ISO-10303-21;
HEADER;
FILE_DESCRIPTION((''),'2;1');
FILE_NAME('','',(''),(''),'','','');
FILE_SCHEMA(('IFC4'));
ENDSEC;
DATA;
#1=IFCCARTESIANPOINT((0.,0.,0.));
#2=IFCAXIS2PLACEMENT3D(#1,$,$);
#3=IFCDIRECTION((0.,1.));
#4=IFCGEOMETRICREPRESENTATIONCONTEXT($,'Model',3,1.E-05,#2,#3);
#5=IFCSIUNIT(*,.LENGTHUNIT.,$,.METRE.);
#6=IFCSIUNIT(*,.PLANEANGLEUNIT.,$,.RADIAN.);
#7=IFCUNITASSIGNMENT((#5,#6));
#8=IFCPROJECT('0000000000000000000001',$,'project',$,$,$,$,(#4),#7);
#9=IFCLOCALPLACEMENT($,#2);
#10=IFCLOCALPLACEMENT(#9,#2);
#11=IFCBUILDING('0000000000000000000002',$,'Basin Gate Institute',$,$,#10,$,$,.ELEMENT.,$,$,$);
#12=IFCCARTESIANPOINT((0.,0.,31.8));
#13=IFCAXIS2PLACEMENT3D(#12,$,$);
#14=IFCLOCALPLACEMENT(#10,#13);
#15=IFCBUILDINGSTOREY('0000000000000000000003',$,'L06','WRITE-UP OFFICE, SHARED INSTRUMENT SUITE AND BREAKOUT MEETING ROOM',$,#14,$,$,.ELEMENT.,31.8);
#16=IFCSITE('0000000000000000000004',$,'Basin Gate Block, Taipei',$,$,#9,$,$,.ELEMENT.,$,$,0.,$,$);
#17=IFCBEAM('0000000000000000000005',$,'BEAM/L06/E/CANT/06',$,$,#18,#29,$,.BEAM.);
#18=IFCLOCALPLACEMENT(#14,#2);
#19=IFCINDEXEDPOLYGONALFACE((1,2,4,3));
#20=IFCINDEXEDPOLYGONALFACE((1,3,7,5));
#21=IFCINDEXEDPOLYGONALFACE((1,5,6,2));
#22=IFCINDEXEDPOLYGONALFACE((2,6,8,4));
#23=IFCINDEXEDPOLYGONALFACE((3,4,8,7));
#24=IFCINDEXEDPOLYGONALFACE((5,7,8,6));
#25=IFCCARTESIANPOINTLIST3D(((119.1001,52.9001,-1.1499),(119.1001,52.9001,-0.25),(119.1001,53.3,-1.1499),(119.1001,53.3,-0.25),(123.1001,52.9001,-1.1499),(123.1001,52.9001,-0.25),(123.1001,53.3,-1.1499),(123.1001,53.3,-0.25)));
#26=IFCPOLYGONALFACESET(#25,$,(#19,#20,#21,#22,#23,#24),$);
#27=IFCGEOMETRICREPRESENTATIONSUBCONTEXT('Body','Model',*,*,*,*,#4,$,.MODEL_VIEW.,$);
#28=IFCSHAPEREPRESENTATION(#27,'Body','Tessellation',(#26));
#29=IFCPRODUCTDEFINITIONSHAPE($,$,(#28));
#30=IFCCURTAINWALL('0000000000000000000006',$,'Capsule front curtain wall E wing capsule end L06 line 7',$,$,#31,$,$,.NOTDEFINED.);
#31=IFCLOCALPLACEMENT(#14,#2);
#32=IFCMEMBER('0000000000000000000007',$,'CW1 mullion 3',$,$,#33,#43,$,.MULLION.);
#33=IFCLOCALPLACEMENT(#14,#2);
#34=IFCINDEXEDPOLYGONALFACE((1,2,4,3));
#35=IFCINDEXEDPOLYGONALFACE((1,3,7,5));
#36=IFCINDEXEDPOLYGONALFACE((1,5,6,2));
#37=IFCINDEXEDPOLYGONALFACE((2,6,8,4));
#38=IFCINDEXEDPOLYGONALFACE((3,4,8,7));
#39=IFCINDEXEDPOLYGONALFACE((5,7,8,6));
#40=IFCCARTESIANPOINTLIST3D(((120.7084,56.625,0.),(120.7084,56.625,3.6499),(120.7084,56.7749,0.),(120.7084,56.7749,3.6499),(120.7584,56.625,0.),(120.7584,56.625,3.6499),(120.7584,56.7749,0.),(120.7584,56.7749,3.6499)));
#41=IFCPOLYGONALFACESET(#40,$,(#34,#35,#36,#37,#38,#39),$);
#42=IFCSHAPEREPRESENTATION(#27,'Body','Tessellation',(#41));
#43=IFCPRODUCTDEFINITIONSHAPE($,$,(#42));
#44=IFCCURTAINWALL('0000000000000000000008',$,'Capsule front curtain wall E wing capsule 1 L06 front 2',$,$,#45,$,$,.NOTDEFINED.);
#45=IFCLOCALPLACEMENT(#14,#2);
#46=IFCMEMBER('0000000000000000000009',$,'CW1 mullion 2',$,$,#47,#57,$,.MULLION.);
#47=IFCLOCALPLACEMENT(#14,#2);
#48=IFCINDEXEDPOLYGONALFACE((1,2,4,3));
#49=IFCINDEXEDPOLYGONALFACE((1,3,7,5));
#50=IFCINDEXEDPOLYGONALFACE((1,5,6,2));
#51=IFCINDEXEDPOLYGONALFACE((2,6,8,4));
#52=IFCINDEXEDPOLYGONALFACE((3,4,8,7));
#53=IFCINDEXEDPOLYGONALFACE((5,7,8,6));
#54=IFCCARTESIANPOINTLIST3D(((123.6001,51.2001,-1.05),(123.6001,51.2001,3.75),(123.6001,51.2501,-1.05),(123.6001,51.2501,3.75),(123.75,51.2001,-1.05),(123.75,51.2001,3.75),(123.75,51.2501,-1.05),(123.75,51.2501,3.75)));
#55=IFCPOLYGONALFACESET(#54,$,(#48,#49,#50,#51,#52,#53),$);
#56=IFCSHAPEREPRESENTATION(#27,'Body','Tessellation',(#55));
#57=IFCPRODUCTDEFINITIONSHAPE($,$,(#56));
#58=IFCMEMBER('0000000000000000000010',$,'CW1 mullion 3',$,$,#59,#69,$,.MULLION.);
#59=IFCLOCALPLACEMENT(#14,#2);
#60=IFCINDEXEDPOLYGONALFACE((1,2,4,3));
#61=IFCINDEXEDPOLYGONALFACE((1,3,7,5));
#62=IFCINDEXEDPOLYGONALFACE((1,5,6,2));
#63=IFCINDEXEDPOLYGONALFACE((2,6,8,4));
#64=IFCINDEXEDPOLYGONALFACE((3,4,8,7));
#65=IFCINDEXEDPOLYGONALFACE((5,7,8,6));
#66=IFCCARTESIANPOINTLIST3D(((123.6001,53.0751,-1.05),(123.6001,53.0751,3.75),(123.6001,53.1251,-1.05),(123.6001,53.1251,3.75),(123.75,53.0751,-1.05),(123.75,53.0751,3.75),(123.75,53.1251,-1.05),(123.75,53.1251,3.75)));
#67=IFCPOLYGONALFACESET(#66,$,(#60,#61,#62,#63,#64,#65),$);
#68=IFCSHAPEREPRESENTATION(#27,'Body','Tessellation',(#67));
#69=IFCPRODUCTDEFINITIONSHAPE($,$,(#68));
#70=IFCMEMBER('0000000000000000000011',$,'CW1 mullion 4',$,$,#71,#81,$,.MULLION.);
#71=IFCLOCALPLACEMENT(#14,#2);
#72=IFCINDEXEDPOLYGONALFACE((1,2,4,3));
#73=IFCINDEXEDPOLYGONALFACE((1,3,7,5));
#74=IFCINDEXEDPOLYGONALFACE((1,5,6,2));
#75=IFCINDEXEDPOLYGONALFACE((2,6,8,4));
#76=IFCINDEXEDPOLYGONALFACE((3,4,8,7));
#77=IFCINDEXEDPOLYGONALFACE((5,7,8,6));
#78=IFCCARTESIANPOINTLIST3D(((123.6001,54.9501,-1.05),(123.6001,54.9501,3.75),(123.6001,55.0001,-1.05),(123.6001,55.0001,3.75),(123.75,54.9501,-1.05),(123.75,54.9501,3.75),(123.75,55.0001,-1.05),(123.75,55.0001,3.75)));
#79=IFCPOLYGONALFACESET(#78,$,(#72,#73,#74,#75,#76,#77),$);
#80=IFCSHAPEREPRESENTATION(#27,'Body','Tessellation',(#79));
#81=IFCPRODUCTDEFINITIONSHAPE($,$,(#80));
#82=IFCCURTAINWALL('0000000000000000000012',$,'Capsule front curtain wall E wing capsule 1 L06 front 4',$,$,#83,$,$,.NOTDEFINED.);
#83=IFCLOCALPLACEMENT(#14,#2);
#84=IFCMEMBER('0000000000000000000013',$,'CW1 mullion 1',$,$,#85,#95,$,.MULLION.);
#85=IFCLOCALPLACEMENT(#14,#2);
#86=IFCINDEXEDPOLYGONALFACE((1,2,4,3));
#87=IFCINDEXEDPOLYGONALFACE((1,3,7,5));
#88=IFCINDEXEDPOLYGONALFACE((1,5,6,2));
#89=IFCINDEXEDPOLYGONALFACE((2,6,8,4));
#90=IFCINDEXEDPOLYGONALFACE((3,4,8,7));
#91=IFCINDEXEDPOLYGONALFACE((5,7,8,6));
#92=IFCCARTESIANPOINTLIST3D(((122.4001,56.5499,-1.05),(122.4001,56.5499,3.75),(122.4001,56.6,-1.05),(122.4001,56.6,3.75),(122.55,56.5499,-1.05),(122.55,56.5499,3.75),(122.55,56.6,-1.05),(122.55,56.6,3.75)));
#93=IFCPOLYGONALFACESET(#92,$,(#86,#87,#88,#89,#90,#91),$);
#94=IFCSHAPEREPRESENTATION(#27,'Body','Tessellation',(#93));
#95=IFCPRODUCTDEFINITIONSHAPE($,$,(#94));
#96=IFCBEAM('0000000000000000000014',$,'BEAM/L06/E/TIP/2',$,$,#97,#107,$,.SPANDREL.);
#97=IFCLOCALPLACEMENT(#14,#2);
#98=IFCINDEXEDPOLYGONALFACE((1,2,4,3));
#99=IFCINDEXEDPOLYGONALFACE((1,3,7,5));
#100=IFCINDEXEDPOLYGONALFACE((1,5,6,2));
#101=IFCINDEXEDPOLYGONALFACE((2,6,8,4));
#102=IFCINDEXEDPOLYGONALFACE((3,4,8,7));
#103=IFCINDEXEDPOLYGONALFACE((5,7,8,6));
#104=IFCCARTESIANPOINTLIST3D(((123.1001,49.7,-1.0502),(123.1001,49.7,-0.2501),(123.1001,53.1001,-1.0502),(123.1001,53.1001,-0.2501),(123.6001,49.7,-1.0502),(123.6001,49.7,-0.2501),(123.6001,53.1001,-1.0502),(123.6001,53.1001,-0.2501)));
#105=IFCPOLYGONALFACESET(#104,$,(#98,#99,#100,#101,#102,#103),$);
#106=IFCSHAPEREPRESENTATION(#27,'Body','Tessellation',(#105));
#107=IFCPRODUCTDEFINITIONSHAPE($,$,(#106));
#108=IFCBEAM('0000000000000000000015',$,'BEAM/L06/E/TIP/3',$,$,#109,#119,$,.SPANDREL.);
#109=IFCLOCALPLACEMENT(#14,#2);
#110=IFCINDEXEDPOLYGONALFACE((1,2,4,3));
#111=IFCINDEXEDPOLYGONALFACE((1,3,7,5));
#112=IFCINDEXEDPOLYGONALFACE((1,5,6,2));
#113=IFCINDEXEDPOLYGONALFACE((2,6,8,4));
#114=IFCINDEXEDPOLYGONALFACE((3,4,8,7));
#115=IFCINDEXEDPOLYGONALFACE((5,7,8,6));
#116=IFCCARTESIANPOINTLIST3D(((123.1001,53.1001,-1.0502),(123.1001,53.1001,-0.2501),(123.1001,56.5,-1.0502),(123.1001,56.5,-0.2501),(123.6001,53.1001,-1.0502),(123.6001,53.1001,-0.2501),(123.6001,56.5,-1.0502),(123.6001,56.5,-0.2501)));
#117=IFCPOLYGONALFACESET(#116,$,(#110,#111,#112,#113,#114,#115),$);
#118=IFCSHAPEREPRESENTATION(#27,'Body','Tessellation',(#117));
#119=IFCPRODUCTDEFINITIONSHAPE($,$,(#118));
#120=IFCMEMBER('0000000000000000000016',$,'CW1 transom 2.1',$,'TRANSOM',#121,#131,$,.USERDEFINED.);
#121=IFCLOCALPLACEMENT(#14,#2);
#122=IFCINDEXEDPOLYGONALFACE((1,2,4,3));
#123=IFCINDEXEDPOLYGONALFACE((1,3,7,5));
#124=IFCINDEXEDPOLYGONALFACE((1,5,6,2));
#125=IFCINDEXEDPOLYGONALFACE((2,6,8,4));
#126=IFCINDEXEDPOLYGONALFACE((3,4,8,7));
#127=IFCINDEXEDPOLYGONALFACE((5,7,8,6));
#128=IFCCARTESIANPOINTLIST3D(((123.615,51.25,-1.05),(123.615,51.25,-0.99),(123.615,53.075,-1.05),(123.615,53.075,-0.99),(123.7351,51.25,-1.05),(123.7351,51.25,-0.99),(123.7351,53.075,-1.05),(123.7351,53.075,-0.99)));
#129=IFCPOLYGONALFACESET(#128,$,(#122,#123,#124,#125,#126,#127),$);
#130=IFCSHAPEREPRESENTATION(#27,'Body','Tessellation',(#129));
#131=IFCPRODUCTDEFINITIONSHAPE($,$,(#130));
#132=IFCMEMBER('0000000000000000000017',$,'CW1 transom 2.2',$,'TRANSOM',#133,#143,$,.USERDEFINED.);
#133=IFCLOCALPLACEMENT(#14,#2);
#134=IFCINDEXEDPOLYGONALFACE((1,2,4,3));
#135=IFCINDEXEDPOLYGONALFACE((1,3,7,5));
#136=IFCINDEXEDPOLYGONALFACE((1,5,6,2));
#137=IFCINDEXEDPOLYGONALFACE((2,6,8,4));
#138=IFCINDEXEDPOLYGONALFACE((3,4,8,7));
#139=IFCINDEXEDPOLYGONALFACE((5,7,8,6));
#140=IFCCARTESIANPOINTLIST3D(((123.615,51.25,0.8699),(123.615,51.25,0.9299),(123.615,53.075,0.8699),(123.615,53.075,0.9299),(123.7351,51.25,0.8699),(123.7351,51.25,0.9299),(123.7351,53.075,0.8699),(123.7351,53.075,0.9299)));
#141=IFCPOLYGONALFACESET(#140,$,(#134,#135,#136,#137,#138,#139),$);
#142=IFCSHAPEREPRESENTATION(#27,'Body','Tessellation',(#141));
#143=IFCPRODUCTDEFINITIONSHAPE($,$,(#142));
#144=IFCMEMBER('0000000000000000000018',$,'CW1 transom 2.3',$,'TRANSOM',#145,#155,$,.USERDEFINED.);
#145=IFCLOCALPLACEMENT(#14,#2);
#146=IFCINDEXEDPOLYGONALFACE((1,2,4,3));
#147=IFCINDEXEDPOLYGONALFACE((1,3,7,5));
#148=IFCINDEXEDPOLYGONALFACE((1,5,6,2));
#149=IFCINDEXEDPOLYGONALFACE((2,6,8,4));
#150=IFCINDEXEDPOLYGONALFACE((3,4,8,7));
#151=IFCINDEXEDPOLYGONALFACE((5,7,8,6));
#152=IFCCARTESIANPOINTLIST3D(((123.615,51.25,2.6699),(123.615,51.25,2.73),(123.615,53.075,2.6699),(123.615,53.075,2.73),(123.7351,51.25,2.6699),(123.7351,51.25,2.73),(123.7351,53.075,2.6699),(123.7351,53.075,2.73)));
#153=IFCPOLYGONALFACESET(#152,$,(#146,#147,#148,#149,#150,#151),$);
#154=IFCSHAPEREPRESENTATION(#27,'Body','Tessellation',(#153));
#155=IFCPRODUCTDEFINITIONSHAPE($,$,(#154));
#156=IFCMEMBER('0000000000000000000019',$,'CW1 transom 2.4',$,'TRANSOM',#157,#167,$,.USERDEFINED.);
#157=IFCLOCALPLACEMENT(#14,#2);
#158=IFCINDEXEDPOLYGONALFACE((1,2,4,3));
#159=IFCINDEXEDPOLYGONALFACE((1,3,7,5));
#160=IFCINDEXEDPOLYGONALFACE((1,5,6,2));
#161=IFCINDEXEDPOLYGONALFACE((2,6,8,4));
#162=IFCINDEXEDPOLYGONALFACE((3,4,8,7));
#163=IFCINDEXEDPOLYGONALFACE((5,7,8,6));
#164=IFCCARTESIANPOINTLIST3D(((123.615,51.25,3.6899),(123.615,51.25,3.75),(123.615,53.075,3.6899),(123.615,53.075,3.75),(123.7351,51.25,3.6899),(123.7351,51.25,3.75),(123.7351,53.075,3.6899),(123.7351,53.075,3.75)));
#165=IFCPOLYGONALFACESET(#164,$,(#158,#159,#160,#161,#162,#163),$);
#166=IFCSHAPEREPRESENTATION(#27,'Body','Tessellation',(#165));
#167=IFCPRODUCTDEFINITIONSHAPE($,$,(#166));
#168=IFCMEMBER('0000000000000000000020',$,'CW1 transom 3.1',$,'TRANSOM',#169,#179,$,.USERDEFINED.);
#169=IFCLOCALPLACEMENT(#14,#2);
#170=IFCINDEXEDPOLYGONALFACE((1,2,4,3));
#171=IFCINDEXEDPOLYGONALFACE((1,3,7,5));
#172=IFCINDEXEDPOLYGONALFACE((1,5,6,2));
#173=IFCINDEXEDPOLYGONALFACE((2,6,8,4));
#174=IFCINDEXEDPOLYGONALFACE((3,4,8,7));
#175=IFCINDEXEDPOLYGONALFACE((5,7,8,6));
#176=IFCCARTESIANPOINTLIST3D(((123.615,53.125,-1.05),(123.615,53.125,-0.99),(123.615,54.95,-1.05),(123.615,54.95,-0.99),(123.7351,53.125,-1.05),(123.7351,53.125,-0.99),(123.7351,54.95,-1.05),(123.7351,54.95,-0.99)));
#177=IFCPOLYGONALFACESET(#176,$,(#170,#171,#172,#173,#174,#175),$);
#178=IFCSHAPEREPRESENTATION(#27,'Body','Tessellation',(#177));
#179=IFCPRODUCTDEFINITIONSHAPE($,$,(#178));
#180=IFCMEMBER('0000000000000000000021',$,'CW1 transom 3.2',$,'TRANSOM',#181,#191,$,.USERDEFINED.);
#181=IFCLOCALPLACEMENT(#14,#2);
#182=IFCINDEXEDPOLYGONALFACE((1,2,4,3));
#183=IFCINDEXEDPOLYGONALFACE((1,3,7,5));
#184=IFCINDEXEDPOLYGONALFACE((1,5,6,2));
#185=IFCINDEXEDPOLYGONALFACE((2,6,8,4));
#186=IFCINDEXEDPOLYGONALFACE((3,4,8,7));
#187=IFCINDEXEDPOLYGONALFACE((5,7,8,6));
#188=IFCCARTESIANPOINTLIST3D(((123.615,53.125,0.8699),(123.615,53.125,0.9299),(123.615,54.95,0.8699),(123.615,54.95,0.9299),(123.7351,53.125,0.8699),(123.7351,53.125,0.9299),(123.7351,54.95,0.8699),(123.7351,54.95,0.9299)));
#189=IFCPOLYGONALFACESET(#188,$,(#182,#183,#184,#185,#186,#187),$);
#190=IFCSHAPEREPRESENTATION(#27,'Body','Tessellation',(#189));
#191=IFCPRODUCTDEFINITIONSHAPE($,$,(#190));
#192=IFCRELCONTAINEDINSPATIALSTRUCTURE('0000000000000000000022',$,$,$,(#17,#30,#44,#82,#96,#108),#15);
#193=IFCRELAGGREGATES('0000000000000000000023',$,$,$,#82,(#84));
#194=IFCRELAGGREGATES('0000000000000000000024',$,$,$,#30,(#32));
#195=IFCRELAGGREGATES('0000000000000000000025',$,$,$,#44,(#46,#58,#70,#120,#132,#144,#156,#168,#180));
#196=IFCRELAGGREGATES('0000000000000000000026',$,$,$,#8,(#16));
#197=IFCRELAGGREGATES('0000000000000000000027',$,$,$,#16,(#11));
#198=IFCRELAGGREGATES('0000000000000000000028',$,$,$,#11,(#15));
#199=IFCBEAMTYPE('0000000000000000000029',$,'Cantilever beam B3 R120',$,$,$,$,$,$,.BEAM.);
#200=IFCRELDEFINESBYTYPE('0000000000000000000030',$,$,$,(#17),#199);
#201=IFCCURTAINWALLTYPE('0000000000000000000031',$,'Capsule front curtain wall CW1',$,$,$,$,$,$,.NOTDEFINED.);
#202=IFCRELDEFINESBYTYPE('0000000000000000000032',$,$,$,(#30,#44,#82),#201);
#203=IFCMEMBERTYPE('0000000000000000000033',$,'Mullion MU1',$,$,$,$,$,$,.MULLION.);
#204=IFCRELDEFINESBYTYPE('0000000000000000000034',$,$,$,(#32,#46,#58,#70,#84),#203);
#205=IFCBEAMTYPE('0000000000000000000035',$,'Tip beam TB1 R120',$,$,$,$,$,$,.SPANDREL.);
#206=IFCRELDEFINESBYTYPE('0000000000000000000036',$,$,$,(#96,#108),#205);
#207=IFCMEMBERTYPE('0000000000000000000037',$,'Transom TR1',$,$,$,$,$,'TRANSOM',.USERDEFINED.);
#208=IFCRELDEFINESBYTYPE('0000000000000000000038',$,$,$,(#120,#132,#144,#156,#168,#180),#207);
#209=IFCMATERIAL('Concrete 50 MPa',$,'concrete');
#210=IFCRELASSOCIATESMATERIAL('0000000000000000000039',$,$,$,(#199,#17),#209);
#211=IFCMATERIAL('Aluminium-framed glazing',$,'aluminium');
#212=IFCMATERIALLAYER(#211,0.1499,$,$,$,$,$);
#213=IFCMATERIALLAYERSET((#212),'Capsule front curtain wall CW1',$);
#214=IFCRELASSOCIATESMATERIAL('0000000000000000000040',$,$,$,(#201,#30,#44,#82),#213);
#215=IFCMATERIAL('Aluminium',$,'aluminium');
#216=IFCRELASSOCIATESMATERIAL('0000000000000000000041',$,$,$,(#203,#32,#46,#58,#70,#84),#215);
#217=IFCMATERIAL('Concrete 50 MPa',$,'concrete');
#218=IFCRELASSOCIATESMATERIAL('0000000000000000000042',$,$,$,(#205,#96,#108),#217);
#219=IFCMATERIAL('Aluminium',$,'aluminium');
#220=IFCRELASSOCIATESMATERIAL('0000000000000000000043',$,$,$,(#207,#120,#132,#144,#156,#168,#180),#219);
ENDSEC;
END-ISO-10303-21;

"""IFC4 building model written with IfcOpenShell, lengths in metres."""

from ifc_helpers import new_model, si_unit, direction, frame, origin, origin_2d, place, context, subcontext, project, spatial, rectangle, extrude, material, layer, layer_set, material_profile, profile_set, type_object, element, aggregate, save


model = new_model("IFC4")

# Units and contexts
model_context = context("Model", 3, precision=1e-05, world=origin(), true_north=direction((0.0, 1.0)))
body_context = subcontext(model_context, "Body", "Model", "MODEL_VIEW")
ifc_project = project(units=[si_unit("LENGTHUNIT", "METRE"), si_unit("PLANEANGLEUNIT", "RADIAN")], contexts=[model_context])

# Site, building, storey
site_placement = place(None, origin())
site = spatial("IfcSite", under=ifc_project, at=site_placement, Name="Basin Gate Block, Taipei", CompositionType="ELEMENT", RefElevation=0.0)
building_placement = place(site_placement, origin())
building = spatial("IfcBuilding", under=site, at=building_placement, Name="Basin Gate Institute", CompositionType="ELEMENT")
storey_placement = place(building_placement, frame((0.0, 0.0, 31.8)))
storey = spatial("IfcBuildingStorey", under=building, at=storey_placement, Name="L06", Description="WRITE-UP OFFICE, SHARED INSTRUMENT SUITE AND BREAKOUT MEETING ROOM", CompositionType="ELEMENT", Elevation=31.8)

# Beam
ifc_material_1 = material(Name="Concrete 50 MPa", Category="concrete")
ifc_material_profile_1 = material_profile(ifc_material_1, rectangle(XDim=0.3999, YDim=0.8999, at=origin_2d()), Name="Cantilever beam B3 400 x 900")
ifc_profile_set_1 = profile_set([ifc_material_profile_1], Name="Concrete 50 MPa")
beam_type_1 = type_object("IfcBeamType", Name="Cantilever beam B3 R120", PredefinedType="BEAM", material=ifc_profile_set_1)
beam_1_placement = place(storey_placement, frame((123.1001, 53.1001, -0.7), z_axis=(-1.0, 0.0, 0.0), x_axis=(0.0, -1.0, 0.0)))
element("IfcBeam", 1, at=beam_1_placement, inside=storey, type_object=beam_type_1, material=ifc_profile_set_1, Name="BEAM/L06/E/CANT/06", PredefinedType="BEAM", context=body_context, shape_type="SweptSolid", body=[
    extrude(rectangle(XDim=0.3999, YDim=0.8999, at=origin_2d()), origin(), (0.0, 0.0, 1.0), 4.0),
])

# Curtain wall, member
ifc_material_2 = material(Name="Aluminium-framed glazing", Category="aluminium")
ifc_layer_1 = layer(ifc_material_2, 0.1499)
ifc_layer_set_1 = layer_set([ifc_layer_1], Name="Capsule front curtain wall CW1")
curtain_wall_type = type_object("IfcCurtainWallType", Name="Capsule front curtain wall CW1", PredefinedType="NOTDEFINED", material=ifc_layer_set_1)
curtain_wall_1_placement = place(storey_placement, origin())
curtain_wall_1 = element("IfcCurtainWall", 2, at=curtain_wall_1_placement, inside=storey, type_object=curtain_wall_type, material=ifc_layer_set_1, Name="Capsule front curtain wall E wing capsule end L06 line 7", PredefinedType="NOTDEFINED")
ifc_material_3 = material(Name="Aluminium", Category="aluminium")
ifc_material_profile_2 = material_profile(ifc_material_3, rectangle(XDim=0.1499, YDim=0.05, at=origin_2d()), Name="Mullion MU1 150 x 50")
ifc_profile_set_2 = profile_set([ifc_material_profile_2], Name="Aluminium")
member_type_1 = type_object("IfcMemberType", Name="Mullion MU1", PredefinedType="MULLION", material=ifc_profile_set_2)
member_1_placement = place(storey_placement, frame((120.7334, 56.7, 0.0), z_axis=(0.0, 0.0, 1.0), x_axis=(0.0, -1.0, 0.0)))
member_1 = element("IfcMember", 3, at=member_1_placement, type_object=member_type_1, material=ifc_profile_set_2, Name="CW1 mullion 3", PredefinedType="MULLION", context=body_context, shape_type="SweptSolid", body=[
    extrude(rectangle(XDim=0.1499, YDim=0.05, at=origin_2d()), origin(), (0.0, 0.0, 1.0), 3.6499),
])

# Curtain wall, members
curtain_wall_2_placement = place(storey_placement, origin())
curtain_wall_2 = element("IfcCurtainWall", 4, at=curtain_wall_2_placement, inside=storey, type_object=curtain_wall_type, material=ifc_layer_set_1, Name="Capsule front curtain wall E wing capsule 1 L06 front 2", PredefinedType="NOTDEFINED")
member_2_placement = place(storey_placement, frame((123.675, 51.2251, -1.05), z_axis=(0.0, 0.0, 1.0), x_axis=(-1.0, 0.0, 0.0)))
member_2 = element("IfcMember", 5, at=member_2_placement, type_object=member_type_1, material=ifc_profile_set_2, Name="CW1 mullion 2", PredefinedType="MULLION", context=body_context, shape_type="SweptSolid", body=[
    extrude(rectangle(XDim=0.1499, YDim=0.05, at=origin_2d()), origin(), (0.0, 0.0, 1.0), 4.8),
])
member_3_placement = place(storey_placement, frame((123.675, 53.1001, -1.05), z_axis=(0.0, 0.0, 1.0), x_axis=(-1.0, 0.0, 0.0)))
member_3 = element("IfcMember", 6, at=member_3_placement, type_object=member_type_1, material=ifc_profile_set_2, Name="CW1 mullion 3", PredefinedType="MULLION", context=body_context, shape_type="SweptSolid", body=[
    extrude(rectangle(XDim=0.1499, YDim=0.05, at=origin_2d()), origin(), (0.0, 0.0, 1.0), 4.8),
])
member_4_placement = place(storey_placement, frame((123.675, 54.9751, -1.05), z_axis=(0.0, 0.0, 1.0), x_axis=(-1.0, 0.0, 0.0)))
member_4 = element("IfcMember", 7, at=member_4_placement, type_object=member_type_1, material=ifc_profile_set_2, Name="CW1 mullion 4", PredefinedType="MULLION", context=body_context, shape_type="SweptSolid", body=[
    extrude(rectangle(XDim=0.1499, YDim=0.05, at=origin_2d()), origin(), (0.0, 0.0, 1.0), 4.8),
])

# Curtain wall, member
curtain_wall_3_placement = place(storey_placement, origin())
curtain_wall_3 = element("IfcCurtainWall", 8, at=curtain_wall_3_placement, inside=storey, type_object=curtain_wall_type, material=ifc_layer_set_1, Name="Capsule front curtain wall E wing capsule 1 L06 front 4", PredefinedType="NOTDEFINED")
member_5_placement = place(storey_placement, frame((122.4751, 56.575, -1.05), z_axis=(0.0, 0.0, 1.0), x_axis=(-1.0, 0.0, 0.0)))
member_5 = element("IfcMember", 9, at=member_5_placement, type_object=member_type_1, material=ifc_profile_set_2, Name="CW1 mullion 1", PredefinedType="MULLION", context=body_context, shape_type="SweptSolid", body=[
    extrude(rectangle(XDim=0.1499, YDim=0.05, at=origin_2d()), origin(), (0.0, 0.0, 1.0), 4.8),
])

# Beams
ifc_material_4 = material(Name="Concrete 50 MPa", Category="concrete")
ifc_material_profile_3 = material_profile(ifc_material_4, rectangle(XDim=0.5, YDim=0.8, at=origin_2d()), Name="Tip beam TB1 500 x 800")
ifc_profile_set_3 = profile_set([ifc_material_profile_3], Name="Concrete 50 MPa")
beam_type_2 = type_object("IfcBeamType", Name="Tip beam TB1 R120", PredefinedType="SPANDREL", material=ifc_profile_set_3)
beam_2_placement = place(storey_placement, frame((123.3501, 49.7, -0.6501), z_axis=(0.0, 1.0, 0.0), x_axis=(-1.0, 0.0, 0.0)))
element("IfcBeam", 10, at=beam_2_placement, inside=storey, type_object=beam_type_2, material=ifc_profile_set_3, Name="BEAM/L06/E/TIP/2", PredefinedType="SPANDREL", context=body_context, shape_type="SweptSolid", body=[
    extrude(rectangle(XDim=0.5, YDim=0.8, at=origin_2d()), origin(), (0.0, 0.0, 1.0), 3.4001),
])
beam_3_placement = place(storey_placement, frame((123.3501, 53.1001, -0.6501), z_axis=(0.0, 1.0, 0.0), x_axis=(-1.0, 0.0, 0.0)))
element("IfcBeam", 11, at=beam_3_placement, inside=storey, type_object=beam_type_2, material=ifc_profile_set_3, Name="BEAM/L06/E/TIP/3", PredefinedType="SPANDREL", context=body_context, shape_type="SweptSolid", body=[
    extrude(rectangle(XDim=0.5, YDim=0.8, at=origin_2d()), origin(), (0.0, 0.0, 1.0), 3.3999),
])

# Members
ifc_material_5 = material(Name="Aluminium", Category="aluminium")
ifc_material_profile_4 = material_profile(ifc_material_5, rectangle(XDim=0.1201, YDim=0.0601, at=origin_2d()), Name="Transom TR1 120 x 60")
ifc_profile_set_4 = profile_set([ifc_material_profile_4], Name="Aluminium")
member_type_2 = type_object("IfcMemberType", Name="Transom TR1", ElementType="TRANSOM", PredefinedType="USERDEFINED", material=ifc_profile_set_4)
member_6_placement = place(storey_placement, frame((123.675, 51.25, -1.02), z_axis=(0.0, 1.0, 0.0), x_axis=(-1.0, 0.0, 0.0)))
member_6 = element("IfcMember", 12, at=member_6_placement, type_object=member_type_2, material=ifc_profile_set_4, Name="CW1 transom 2.1", ObjectType="TRANSOM", PredefinedType="USERDEFINED", context=body_context, shape_type="SweptSolid", body=[
    extrude(rectangle(XDim=0.1201, YDim=0.0601, at=origin_2d()), origin(), (0.0, 0.0, 1.0), 1.825),
])
member_7_placement = place(storey_placement, frame((123.675, 51.25, 0.8999), z_axis=(0.0, 1.0, 0.0), x_axis=(-1.0, 0.0, 0.0)))
member_7 = element("IfcMember", 13, at=member_7_placement, type_object=member_type_2, material=ifc_profile_set_4, Name="CW1 transom 2.2", ObjectType="TRANSOM", PredefinedType="USERDEFINED", context=body_context, shape_type="SweptSolid", body=[
    extrude(rectangle(XDim=0.1201, YDim=0.0601, at=origin_2d()), origin(), (0.0, 0.0, 1.0), 1.825),
])
member_8_placement = place(storey_placement, frame((123.675, 51.25, 2.7), z_axis=(0.0, 1.0, 0.0), x_axis=(-1.0, 0.0, 0.0)))
member_8 = element("IfcMember", 14, at=member_8_placement, type_object=member_type_2, material=ifc_profile_set_4, Name="CW1 transom 2.3", ObjectType="TRANSOM", PredefinedType="USERDEFINED", context=body_context, shape_type="SweptSolid", body=[
    extrude(rectangle(XDim=0.1201, YDim=0.0601, at=origin_2d()), origin(), (0.0, 0.0, 1.0), 1.825),
])
member_9_placement = place(storey_placement, frame((123.675, 51.25, 3.72), z_axis=(0.0, 1.0, 0.0), x_axis=(-1.0, 0.0, 0.0)))
member_9 = element("IfcMember", 15, at=member_9_placement, type_object=member_type_2, material=ifc_profile_set_4, Name="CW1 transom 2.4", ObjectType="TRANSOM", PredefinedType="USERDEFINED", context=body_context, shape_type="SweptSolid", body=[
    extrude(rectangle(XDim=0.1201, YDim=0.0601, at=origin_2d()), origin(), (0.0, 0.0, 1.0), 1.825),
])
member_10_placement = place(storey_placement, frame((123.675, 53.125, -1.02), z_axis=(0.0, 1.0, 0.0), x_axis=(-1.0, 0.0, 0.0)))
member_10 = element("IfcMember", 16, at=member_10_placement, type_object=member_type_2, material=ifc_profile_set_4, Name="CW1 transom 3.1", ObjectType="TRANSOM", PredefinedType="USERDEFINED", context=body_context, shape_type="SweptSolid", body=[
    extrude(rectangle(XDim=0.1201, YDim=0.0601, at=origin_2d()), origin(), (0.0, 0.0, 1.0), 1.825),
])
member_11_placement = place(storey_placement, frame((123.675, 53.125, 0.8999), z_axis=(0.0, 1.0, 0.0), x_axis=(-1.0, 0.0, 0.0)))
member_11 = element("IfcMember", 17, at=member_11_placement, type_object=member_type_2, material=ifc_profile_set_4, Name="CW1 transom 3.2", ObjectType="TRANSOM", PredefinedType="USERDEFINED", context=body_context, shape_type="SweptSolid", body=[
    extrude(rectangle(XDim=0.1201, YDim=0.0601, at=origin_2d()), origin(), (0.0, 0.0, 1.0), 1.825),
])
aggregate(curtain_wall_3, [member_5])

aggregate(curtain_wall_1, [member_1])
aggregate(curtain_wall_2, [member_2, member_3, member_4, member_6, member_7, member_8, member_9, member_10, member_11])

save(model, "model.ifc")
